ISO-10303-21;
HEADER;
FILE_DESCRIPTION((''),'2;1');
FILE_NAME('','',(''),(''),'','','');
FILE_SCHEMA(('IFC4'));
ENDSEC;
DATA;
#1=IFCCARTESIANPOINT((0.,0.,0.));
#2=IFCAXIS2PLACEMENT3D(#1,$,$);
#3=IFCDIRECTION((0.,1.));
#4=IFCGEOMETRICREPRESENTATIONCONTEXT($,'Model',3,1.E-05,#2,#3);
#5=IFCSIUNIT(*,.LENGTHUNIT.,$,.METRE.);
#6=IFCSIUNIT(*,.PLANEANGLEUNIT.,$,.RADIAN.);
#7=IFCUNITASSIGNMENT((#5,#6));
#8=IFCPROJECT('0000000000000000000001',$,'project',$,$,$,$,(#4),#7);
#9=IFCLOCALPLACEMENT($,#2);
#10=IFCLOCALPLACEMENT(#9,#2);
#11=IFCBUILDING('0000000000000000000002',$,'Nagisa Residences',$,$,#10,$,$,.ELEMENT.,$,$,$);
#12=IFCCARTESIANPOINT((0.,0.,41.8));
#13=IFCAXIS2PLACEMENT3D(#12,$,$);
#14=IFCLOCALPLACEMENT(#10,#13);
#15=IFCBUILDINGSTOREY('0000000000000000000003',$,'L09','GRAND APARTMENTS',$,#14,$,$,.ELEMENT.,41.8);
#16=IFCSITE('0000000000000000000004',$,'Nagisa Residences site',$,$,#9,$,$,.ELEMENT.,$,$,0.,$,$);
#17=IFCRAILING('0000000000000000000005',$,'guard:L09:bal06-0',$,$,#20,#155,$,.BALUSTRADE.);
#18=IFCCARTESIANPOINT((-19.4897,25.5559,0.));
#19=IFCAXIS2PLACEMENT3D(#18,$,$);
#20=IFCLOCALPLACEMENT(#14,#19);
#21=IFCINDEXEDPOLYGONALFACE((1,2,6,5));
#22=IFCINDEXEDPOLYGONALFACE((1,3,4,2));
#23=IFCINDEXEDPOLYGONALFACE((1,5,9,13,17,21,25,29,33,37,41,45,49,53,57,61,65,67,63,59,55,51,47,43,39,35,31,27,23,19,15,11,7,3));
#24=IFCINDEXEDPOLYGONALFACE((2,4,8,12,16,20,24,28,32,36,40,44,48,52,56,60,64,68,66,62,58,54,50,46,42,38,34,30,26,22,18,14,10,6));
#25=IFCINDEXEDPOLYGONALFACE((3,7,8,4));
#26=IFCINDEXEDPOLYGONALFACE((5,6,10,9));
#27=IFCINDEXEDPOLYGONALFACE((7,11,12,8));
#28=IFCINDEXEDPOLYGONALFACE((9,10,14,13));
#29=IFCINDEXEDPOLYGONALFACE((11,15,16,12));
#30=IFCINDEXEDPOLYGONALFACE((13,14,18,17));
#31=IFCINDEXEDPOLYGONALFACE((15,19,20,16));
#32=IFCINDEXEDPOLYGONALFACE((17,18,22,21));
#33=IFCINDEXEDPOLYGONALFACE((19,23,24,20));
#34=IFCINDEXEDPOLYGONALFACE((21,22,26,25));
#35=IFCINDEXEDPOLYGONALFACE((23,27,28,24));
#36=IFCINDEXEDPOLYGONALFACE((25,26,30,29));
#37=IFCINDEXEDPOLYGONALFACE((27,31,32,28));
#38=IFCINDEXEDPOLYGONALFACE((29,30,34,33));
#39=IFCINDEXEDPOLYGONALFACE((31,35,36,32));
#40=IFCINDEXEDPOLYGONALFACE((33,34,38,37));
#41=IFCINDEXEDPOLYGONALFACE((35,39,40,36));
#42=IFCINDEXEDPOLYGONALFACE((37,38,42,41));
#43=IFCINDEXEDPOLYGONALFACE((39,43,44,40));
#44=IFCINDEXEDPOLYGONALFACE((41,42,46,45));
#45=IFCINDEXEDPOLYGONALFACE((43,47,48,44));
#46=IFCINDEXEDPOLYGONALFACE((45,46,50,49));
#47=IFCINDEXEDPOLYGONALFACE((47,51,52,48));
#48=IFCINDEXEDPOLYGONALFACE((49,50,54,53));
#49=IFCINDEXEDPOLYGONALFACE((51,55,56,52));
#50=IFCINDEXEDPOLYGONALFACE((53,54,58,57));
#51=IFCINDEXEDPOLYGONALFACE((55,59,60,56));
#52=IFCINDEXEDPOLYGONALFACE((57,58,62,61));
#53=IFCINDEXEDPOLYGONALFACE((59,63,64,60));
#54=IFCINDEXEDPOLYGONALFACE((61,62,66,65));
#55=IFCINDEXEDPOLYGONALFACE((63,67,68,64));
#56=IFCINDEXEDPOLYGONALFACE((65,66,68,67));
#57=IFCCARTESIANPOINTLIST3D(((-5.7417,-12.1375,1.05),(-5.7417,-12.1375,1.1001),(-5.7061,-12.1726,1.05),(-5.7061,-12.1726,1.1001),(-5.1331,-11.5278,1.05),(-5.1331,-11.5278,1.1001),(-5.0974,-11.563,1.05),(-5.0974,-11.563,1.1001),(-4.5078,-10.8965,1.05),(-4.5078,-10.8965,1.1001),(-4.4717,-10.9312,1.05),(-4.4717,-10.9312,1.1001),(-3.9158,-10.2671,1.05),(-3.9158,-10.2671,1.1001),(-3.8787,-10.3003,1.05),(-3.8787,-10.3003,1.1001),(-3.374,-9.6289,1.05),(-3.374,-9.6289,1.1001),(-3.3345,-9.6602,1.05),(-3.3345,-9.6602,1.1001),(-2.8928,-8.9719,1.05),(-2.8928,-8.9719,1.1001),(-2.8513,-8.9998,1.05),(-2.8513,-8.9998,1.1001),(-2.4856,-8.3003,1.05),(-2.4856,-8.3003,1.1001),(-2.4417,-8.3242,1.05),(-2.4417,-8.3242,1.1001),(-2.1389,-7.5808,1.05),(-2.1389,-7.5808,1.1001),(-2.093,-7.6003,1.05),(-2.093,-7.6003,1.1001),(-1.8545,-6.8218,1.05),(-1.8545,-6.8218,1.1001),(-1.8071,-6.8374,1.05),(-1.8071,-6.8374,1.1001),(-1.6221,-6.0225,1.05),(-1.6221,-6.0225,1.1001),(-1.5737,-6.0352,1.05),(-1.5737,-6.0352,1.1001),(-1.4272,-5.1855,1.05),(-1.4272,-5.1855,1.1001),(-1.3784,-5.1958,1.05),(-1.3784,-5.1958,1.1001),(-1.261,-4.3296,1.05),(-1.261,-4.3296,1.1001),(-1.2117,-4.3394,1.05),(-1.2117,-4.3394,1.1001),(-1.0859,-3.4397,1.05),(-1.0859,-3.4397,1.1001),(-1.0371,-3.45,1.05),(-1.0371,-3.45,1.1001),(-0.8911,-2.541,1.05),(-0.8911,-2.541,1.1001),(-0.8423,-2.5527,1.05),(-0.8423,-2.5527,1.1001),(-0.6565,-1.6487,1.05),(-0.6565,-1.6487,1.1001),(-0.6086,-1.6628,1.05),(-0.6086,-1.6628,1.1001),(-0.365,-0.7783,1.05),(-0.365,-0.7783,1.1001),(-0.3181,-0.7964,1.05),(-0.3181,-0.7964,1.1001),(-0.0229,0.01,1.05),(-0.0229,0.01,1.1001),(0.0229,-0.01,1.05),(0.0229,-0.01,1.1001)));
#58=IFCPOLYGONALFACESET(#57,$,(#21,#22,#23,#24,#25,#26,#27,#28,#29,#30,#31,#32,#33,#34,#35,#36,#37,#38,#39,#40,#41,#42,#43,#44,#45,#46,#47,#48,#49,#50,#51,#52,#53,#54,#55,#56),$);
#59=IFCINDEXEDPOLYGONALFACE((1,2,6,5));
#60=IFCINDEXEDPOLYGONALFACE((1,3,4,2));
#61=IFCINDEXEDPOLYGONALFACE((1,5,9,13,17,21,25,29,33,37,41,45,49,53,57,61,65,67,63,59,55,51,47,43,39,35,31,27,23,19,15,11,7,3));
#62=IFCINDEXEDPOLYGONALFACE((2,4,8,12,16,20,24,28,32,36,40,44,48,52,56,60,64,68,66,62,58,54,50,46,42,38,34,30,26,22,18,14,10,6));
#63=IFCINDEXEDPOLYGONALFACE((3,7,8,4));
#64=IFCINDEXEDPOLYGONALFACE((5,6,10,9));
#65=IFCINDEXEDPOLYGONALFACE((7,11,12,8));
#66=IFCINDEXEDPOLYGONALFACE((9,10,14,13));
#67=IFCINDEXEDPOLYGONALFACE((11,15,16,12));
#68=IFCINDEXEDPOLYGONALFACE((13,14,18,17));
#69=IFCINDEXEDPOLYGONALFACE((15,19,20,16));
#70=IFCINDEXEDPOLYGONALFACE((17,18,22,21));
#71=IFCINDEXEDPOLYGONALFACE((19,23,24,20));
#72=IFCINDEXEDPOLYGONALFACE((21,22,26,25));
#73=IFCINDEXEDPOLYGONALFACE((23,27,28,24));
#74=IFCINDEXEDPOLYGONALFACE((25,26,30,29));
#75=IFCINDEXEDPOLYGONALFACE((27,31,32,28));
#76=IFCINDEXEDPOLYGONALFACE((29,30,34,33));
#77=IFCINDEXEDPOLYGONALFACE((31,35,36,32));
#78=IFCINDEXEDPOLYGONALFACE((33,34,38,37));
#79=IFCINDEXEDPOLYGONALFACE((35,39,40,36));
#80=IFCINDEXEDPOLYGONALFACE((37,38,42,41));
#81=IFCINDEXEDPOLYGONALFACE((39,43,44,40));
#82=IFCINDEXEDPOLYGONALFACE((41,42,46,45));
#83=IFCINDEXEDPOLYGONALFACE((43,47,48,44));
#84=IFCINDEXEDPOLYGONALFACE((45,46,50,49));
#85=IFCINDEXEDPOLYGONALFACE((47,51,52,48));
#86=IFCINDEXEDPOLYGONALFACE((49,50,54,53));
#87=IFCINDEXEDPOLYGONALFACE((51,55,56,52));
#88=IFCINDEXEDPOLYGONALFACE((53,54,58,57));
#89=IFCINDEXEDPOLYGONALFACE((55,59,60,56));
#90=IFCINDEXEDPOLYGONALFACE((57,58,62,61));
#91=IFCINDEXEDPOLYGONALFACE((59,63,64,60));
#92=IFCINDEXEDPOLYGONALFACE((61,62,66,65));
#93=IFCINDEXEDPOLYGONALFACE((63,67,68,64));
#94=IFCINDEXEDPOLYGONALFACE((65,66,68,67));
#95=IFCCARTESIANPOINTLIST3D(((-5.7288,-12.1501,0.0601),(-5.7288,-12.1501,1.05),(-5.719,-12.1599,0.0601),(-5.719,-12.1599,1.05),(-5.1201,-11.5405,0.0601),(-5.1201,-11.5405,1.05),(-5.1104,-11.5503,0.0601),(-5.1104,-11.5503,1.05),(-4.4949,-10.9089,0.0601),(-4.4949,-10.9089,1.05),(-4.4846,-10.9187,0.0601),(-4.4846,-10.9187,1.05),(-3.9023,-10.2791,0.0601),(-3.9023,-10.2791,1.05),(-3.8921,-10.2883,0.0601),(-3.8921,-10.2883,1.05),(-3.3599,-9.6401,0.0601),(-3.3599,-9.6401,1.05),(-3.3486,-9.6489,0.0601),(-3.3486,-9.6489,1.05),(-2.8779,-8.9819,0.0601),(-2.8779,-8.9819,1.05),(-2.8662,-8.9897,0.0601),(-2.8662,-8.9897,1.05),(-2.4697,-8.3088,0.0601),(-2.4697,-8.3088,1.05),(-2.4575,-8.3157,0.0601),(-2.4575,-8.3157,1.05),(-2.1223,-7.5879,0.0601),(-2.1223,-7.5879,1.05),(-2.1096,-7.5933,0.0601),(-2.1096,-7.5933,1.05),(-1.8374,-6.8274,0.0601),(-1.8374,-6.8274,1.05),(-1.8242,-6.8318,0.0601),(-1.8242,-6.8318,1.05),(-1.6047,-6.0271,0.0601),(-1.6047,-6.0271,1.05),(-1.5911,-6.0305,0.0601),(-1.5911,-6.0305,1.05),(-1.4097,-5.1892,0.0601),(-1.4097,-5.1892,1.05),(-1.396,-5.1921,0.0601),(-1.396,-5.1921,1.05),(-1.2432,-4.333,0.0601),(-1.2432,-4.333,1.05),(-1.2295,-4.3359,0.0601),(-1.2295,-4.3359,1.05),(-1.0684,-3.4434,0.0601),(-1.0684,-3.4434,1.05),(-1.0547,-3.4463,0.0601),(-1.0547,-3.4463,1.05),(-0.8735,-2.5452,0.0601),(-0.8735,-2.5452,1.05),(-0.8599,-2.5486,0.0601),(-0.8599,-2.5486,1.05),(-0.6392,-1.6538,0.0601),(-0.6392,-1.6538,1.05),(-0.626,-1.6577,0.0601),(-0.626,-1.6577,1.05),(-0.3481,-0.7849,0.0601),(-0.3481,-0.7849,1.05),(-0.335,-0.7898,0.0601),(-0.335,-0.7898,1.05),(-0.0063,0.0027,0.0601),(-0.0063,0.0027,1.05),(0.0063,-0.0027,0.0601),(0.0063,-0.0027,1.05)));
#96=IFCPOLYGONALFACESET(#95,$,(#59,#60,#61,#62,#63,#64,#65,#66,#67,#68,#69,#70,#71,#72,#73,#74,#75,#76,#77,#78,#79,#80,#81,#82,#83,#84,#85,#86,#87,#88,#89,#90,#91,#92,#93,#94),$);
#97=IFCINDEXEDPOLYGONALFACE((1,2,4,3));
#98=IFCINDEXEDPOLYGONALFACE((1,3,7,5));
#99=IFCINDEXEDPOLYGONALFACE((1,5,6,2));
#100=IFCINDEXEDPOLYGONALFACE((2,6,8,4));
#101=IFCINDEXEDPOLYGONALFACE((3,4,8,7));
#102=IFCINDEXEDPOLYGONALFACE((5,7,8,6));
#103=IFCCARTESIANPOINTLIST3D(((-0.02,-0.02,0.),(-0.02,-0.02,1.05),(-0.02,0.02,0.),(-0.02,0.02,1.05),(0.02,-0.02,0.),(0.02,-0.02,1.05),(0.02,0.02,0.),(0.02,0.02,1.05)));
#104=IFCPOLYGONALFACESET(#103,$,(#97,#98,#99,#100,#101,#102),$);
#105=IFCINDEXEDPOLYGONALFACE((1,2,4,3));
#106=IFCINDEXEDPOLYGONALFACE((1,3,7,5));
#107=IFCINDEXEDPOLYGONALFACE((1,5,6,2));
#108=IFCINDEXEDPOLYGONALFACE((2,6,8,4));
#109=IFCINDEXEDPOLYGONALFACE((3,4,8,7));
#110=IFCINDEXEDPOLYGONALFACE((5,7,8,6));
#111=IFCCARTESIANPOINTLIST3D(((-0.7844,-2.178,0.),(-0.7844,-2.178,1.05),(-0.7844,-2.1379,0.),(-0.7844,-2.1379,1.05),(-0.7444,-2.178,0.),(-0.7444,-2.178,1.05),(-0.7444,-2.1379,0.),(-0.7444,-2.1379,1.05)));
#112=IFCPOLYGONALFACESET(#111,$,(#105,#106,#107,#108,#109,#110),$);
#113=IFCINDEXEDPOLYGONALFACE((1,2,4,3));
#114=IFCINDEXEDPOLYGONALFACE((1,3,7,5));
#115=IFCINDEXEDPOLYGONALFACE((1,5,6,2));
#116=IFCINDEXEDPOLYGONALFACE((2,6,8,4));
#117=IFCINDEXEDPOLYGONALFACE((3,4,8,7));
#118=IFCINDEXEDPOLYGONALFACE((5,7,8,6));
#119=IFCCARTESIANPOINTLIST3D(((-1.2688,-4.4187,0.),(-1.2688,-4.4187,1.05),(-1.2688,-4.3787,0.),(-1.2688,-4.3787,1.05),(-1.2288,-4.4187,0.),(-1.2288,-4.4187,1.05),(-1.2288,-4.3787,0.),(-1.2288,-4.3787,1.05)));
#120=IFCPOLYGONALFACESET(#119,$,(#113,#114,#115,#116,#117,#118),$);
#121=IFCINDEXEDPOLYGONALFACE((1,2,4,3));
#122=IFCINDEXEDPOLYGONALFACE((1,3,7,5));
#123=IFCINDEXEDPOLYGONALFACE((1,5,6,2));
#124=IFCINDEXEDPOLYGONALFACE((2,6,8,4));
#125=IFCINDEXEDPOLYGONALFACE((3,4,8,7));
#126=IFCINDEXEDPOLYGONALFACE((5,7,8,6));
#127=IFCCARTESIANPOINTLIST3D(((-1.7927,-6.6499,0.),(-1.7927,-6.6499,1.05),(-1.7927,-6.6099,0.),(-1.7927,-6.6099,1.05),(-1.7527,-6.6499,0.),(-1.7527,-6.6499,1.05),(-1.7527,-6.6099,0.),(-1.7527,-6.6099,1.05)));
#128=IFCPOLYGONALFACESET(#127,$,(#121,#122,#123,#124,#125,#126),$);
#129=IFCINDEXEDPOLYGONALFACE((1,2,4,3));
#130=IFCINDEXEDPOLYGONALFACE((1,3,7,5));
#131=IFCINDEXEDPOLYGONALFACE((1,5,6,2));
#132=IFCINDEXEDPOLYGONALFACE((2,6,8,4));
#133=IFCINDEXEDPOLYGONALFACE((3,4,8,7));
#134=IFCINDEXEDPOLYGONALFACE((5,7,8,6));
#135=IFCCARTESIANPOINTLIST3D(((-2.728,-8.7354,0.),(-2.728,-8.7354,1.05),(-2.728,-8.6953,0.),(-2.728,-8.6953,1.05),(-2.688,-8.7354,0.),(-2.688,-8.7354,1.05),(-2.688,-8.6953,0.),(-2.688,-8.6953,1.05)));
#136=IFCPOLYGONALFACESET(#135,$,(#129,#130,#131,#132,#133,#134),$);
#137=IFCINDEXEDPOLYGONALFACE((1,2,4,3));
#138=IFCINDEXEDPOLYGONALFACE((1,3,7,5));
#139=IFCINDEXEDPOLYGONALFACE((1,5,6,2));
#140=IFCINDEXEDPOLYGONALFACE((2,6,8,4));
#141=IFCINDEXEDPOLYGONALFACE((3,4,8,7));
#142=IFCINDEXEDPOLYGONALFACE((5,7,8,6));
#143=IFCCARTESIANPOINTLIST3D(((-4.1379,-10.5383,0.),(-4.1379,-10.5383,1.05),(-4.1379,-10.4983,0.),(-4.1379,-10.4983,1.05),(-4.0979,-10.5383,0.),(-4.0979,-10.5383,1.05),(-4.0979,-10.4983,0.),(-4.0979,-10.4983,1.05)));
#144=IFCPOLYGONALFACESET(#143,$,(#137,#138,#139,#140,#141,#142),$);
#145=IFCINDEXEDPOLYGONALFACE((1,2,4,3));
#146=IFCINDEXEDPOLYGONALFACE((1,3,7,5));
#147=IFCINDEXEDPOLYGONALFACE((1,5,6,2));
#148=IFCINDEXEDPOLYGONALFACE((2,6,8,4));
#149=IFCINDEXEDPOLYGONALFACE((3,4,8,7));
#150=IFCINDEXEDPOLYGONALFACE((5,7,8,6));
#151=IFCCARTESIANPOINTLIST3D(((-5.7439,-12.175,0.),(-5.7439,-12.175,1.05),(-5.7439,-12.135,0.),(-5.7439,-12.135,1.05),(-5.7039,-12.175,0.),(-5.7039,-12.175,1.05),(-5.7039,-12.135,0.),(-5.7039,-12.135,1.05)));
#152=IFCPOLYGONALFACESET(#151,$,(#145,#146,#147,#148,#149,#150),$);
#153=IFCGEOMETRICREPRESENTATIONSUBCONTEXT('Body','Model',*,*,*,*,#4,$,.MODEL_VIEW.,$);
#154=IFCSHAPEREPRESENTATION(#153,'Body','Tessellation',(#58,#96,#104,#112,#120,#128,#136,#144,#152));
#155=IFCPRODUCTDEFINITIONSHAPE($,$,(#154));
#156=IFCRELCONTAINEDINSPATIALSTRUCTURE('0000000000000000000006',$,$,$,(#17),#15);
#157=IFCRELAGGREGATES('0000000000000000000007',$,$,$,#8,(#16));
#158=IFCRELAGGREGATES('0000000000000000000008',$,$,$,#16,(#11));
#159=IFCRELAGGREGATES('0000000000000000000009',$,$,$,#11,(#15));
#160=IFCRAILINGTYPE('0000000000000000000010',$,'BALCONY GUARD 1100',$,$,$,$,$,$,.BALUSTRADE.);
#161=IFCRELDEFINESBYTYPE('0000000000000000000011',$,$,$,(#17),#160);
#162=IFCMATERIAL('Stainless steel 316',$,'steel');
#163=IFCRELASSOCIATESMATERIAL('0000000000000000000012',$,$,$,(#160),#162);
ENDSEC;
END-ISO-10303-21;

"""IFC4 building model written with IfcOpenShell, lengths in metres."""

from ifc_helpers import new_model, si_unit, direction, frame, origin, origin_2d, place, context, subcontext, project, spatial, polyline, rectangle, outline, extrude, material, type_object, element, save


model = new_model("IFC4")

# Units and contexts
model_context = context("Model", 3, precision=1e-05, world=origin(), true_north=direction((0.0, 1.0)))
body_context = subcontext(model_context, "Body", "Model", "MODEL_VIEW")
ifc_project = project(units=[si_unit("LENGTHUNIT", "METRE"), si_unit("PLANEANGLEUNIT", "RADIAN")], contexts=[model_context])

# Site, building, storey
site_placement = place(None, origin())
site = spatial("IfcSite", under=ifc_project, at=site_placement, Name="Nagisa Residences site", CompositionType="ELEMENT", RefElevation=0.0)
building_placement = place(site_placement, origin())
building = spatial("IfcBuilding", under=site, at=building_placement, Name="Nagisa Residences", CompositionType="ELEMENT")
storey_placement = place(building_placement, frame((0.0, 0.0, 41.8)))
storey = spatial("IfcBuildingStorey", under=building, at=storey_placement, Name="L09", Description="GRAND APARTMENTS", CompositionType="ELEMENT", Elevation=41.8)

# Railing
ifc_material_1 = material(Name="Stainless steel 316", Category="steel")
railing_type = type_object("IfcRailingType", Name="BALCONY GUARD 1100", PredefinedType="BALUSTRADE", material=ifc_material_1)
railing_1_placement = place(storey_placement, frame((-19.4897, 25.5559, 0.0)))
element("IfcRailing", 1, at=railing_1_placement, inside=storey, type_object=railing_type, Name="guard:L09:bal06-0", PredefinedType="BALUSTRADE", context=body_context, shape_type="SweptSolid", body=[
    extrude(outline(polyline([(-0.3181, -0.7964), (0.0229, -0.01), (-0.0229, 0.01), (-0.365, -0.7783), (-0.6565, -1.6487), (-0.8911, -2.541), (-1.0859, -3.4397), (-1.261, -4.3296), (-1.4272, -5.1855), (-1.6221, -6.0225), (-1.8545, -6.8218), (-2.1389, -7.5808), (-2.4856, -8.3003), (-2.8928, -8.9719), (-3.374, -9.6289), (-3.9158, -10.2671), (-4.5078, -10.8965), (-5.1331, -11.5278), (-5.7417, -12.1375), (-5.7061, -12.1726), (-5.0974, -11.563), (-4.4717, -10.9312), (-3.8787, -10.3003), (-3.3345, -9.6602), (-2.8513, -8.9998), (-2.4417, -8.3242), (-2.093, -7.6003), (-1.8071, -6.8374), (-1.5737, -6.0352), (-1.3784, -5.1958), (-1.2117, -4.3394), (-1.0371, -3.45), (-0.8423, -2.5527), (-0.6086, -1.6628), (-0.3181, -0.7964)])), frame((0.0, 0.0, 1.05)), (0.0, 0.0, 1.0), 0.05),
    extrude(outline(polyline([(-0.335, -0.7898), (0.0063, -0.0027), (-0.0063, 0.0027), (-0.3481, -0.7849), (-0.6392, -1.6538), (-0.8735, -2.5452), (-1.0684, -3.4434), (-1.2432, -4.333), (-1.4097, -5.1892), (-1.6047, -6.0271), (-1.8374, -6.8274), (-2.1223, -7.5879), (-2.4697, -8.3088), (-2.8779, -8.9819), (-3.3599, -9.6401), (-3.9023, -10.2791), (-4.4949, -10.9089), (-5.1201, -11.5405), (-5.7288, -12.1501), (-5.719, -12.1599), (-5.1104, -11.5503), (-4.4846, -10.9187), (-3.8921, -10.2883), (-3.3486, -9.6489), (-2.8662, -8.9897), (-2.4575, -8.3157), (-2.1096, -7.5933), (-1.8242, -6.8318), (-1.5911, -6.0305), (-1.396, -5.1921), (-1.2295, -4.3359), (-1.0547, -3.4463), (-0.8599, -2.5486), (-0.626, -1.6577), (-0.335, -0.7898)])), frame((0.0, 0.0, 0.0601)), (0.0, 0.0, 1.0), 0.99),
    extrude(rectangle(XDim=0.04, YDim=0.04, at=origin_2d()), origin(), (0.0, 0.0, 1.0), 1.05),
    extrude(rectangle(XDim=0.04, YDim=0.04, at=origin_2d()), frame((-0.7644, -2.158, 0.0)), (0.0, 0.0, 1.0), 1.05),
    extrude(rectangle(XDim=0.04, YDim=0.04, at=origin_2d()), frame((-1.2488, -4.3987, 0.0)), (0.0, 0.0, 1.0), 1.05),
    extrude(rectangle(XDim=0.04, YDim=0.04, at=origin_2d()), frame((-1.7727, -6.6299, 0.0)), (0.0, 0.0, 1.0), 1.05),
    extrude(rectangle(XDim=0.04, YDim=0.04, at=origin_2d()), frame((-2.708, -8.7153, 0.0)), (0.0, 0.0, 1.0), 1.05),
    extrude(rectangle(XDim=0.04, YDim=0.04, at=origin_2d()), frame((-4.1179, -10.5183, 0.0)), (0.0, 0.0, 1.0), 1.05),
    extrude(rectangle(XDim=0.04, YDim=0.04, at=origin_2d()), frame((-5.7239, -12.155, 0.0)), (0.0, 0.0, 1.0), 1.05),
])

save(model, "model.ifc")
